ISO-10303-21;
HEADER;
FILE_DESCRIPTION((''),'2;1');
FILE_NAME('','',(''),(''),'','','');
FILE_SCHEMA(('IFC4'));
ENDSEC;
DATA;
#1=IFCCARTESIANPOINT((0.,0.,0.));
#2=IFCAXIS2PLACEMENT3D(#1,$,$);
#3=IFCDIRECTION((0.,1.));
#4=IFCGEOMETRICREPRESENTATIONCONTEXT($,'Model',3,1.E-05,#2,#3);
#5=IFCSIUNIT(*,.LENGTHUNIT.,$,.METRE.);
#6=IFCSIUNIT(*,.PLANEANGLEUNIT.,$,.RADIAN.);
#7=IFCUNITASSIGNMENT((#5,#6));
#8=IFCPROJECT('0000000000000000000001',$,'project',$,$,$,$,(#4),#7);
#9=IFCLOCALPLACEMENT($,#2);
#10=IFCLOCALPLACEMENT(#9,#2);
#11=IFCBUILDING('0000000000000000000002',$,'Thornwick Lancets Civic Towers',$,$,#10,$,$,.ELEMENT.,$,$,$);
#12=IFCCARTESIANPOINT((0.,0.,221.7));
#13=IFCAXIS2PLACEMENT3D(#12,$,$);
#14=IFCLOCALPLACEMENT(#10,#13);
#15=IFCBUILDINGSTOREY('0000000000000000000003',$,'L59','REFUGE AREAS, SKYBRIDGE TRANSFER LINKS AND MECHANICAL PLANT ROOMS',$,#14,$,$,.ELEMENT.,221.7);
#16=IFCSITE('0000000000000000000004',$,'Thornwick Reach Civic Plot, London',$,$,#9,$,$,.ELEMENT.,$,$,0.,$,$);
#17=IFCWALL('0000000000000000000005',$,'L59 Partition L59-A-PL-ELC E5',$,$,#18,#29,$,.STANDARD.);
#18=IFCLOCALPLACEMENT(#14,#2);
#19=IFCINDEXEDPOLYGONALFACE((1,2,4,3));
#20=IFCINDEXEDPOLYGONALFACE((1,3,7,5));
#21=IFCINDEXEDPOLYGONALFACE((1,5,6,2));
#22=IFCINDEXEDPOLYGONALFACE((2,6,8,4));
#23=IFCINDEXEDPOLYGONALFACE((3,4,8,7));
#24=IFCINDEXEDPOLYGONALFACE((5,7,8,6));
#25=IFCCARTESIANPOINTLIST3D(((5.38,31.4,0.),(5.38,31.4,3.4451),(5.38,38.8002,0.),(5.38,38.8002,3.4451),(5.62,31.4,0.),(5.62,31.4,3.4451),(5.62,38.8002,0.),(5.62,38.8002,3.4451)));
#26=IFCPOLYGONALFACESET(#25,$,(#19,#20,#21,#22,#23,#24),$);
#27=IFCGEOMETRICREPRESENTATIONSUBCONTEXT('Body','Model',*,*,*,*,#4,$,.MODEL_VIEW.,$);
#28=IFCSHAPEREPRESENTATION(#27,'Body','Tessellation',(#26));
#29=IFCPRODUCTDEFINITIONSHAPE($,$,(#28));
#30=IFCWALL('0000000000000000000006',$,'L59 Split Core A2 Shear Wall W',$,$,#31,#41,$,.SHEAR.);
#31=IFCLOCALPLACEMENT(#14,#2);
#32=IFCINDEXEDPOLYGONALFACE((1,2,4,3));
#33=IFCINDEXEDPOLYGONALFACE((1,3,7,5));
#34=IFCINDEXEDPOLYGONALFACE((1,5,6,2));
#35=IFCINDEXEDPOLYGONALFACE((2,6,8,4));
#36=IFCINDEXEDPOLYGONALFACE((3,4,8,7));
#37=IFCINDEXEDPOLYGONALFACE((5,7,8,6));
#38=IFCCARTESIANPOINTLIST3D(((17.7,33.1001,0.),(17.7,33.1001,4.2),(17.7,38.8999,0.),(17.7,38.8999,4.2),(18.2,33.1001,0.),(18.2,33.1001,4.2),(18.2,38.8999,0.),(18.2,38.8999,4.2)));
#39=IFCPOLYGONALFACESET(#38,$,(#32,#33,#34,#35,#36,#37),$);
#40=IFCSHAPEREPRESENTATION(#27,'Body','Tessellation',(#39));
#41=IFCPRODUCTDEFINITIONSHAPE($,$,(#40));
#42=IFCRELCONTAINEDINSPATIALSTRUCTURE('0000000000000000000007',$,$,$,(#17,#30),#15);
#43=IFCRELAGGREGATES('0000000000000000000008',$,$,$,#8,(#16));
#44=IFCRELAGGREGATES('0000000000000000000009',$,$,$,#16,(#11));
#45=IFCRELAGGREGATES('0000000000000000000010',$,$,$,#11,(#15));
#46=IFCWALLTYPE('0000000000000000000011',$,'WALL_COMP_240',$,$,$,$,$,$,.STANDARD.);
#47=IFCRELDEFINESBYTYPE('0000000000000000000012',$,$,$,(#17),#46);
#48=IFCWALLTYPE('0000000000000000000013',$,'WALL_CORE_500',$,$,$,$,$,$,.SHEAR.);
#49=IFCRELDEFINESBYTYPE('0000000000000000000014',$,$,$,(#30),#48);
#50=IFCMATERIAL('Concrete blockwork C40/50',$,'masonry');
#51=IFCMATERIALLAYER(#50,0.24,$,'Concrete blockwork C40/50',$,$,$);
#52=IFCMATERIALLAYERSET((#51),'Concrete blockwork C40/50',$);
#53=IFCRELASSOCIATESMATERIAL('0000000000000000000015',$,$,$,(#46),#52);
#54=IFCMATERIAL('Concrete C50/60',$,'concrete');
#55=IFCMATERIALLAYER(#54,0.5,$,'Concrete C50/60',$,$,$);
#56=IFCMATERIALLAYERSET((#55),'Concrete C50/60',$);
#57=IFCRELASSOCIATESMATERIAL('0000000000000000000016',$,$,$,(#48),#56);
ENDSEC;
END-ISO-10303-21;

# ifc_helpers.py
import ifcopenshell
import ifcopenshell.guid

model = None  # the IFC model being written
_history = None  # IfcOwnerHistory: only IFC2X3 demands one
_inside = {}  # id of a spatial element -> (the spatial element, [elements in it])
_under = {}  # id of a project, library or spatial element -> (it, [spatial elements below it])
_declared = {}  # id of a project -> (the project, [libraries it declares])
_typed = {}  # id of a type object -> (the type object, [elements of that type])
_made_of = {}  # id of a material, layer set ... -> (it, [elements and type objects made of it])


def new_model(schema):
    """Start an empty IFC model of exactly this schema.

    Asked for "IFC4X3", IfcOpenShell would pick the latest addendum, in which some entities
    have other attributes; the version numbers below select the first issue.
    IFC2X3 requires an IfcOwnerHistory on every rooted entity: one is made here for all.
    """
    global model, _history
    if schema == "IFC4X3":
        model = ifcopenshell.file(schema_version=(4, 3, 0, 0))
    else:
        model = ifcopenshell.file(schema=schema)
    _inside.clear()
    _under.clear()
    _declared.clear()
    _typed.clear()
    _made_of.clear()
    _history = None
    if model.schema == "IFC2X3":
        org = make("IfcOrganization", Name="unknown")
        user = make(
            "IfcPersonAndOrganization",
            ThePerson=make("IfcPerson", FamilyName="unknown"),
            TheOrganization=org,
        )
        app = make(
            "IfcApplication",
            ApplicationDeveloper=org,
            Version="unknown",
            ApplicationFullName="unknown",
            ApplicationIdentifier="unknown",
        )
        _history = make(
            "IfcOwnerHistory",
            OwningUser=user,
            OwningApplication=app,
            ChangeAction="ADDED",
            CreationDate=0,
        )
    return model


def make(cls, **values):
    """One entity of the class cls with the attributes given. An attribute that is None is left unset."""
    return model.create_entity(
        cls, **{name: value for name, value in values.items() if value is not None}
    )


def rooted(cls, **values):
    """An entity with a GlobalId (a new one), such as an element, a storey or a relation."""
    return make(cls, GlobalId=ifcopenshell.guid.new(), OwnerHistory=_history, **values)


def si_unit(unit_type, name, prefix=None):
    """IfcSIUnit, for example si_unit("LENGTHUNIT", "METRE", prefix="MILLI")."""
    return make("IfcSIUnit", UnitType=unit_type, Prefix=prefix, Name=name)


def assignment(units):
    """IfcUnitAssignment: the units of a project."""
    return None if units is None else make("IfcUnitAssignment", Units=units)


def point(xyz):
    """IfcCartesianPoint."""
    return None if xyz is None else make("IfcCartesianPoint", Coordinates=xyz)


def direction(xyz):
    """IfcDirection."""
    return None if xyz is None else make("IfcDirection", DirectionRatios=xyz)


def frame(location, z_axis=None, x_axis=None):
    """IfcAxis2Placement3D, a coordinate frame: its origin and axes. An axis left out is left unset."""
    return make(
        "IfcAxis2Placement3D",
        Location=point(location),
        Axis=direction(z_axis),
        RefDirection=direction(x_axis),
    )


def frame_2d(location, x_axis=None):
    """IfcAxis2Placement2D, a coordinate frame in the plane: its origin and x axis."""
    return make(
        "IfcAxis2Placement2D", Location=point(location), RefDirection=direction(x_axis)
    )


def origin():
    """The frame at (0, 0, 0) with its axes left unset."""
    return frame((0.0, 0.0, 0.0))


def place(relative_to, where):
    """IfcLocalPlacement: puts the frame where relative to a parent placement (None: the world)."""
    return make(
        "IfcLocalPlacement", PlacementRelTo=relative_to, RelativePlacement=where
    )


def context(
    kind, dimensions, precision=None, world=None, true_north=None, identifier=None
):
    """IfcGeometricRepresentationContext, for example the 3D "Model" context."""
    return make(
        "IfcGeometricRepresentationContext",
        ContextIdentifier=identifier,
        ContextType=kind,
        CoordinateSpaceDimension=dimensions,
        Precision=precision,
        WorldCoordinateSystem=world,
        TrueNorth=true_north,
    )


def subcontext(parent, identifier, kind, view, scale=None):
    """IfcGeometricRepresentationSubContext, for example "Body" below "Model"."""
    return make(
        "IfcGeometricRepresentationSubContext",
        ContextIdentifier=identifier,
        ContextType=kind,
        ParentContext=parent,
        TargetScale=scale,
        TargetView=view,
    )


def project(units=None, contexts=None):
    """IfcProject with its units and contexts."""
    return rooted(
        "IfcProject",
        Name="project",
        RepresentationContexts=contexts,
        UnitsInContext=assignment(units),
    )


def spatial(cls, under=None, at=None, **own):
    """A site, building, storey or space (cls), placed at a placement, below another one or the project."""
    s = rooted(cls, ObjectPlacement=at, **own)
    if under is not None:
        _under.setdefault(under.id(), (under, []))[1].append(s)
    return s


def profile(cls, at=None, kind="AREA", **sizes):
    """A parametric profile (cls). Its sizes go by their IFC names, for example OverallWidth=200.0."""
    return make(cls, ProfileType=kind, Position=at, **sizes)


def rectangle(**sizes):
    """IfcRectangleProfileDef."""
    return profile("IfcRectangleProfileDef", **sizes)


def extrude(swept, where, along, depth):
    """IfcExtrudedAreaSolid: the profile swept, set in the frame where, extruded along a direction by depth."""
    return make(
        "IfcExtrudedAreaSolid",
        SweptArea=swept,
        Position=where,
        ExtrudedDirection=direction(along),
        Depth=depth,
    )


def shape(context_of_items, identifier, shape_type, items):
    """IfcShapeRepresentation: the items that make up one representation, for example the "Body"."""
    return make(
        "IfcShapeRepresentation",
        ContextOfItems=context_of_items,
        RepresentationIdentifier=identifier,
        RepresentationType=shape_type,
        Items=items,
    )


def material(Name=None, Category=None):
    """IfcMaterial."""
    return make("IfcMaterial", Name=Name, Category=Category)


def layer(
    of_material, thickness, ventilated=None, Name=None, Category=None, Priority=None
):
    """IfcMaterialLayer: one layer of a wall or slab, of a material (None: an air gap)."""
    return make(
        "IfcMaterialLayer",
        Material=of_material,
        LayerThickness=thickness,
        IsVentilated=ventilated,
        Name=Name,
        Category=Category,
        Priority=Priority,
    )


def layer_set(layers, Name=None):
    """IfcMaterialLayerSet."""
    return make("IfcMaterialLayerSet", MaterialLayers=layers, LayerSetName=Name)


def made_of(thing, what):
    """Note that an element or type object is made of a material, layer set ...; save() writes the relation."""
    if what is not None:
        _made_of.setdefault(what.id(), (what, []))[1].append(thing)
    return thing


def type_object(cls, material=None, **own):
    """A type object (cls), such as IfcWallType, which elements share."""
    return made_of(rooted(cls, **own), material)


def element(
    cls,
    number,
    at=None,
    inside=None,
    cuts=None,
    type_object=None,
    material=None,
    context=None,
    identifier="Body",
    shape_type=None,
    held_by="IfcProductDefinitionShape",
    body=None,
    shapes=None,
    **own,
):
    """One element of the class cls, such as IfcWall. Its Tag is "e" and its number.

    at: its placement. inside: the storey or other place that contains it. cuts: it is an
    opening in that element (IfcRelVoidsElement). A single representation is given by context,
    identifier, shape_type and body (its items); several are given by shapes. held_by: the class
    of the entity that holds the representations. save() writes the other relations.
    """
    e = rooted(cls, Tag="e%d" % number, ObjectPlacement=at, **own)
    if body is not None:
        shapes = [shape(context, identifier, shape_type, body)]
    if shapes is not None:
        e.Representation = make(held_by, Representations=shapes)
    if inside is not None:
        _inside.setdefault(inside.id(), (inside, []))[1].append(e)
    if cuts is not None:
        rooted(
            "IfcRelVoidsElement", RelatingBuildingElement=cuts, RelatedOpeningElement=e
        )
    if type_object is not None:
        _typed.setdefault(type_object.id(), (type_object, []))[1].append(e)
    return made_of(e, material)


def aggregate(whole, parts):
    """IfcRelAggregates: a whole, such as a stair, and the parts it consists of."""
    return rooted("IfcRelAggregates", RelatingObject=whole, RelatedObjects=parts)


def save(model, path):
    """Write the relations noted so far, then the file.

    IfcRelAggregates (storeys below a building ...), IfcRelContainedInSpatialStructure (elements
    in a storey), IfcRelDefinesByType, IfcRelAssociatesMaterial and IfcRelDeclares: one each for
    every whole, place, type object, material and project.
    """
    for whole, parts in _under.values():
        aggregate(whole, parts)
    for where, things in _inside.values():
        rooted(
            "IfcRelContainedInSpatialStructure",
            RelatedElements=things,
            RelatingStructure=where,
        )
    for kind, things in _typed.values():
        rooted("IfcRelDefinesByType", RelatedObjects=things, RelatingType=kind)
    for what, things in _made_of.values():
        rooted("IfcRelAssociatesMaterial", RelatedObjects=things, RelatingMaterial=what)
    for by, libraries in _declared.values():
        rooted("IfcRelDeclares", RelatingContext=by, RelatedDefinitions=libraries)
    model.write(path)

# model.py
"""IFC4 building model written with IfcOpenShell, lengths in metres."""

from ifc_helpers import new_model, si_unit, direction, frame, frame_2d, origin, place, context, subcontext, project, spatial, rectangle, extrude, material, layer, layer_set, type_object, element, save


model = new_model("IFC4")

# Units and contexts
model_context = context("Model", 3, precision=1e-05, world=origin(), true_north=direction((0.0, 1.0)))
body_context = subcontext(model_context, "Body", "Model", "MODEL_VIEW")
ifc_project = project(units=[si_unit("LENGTHUNIT", "METRE"), si_unit("PLANEANGLEUNIT", "RADIAN")], contexts=[model_context])

# Site, building, storey
site_placement = place(None, origin())
site = spatial("IfcSite", under=ifc_project, at=site_placement, Name="Thornwick Reach Civic Plot, London", CompositionType="ELEMENT", RefElevation=0.0)
building_placement = place(site_placement, origin())
building = spatial("IfcBuilding", under=site, at=building_placement, Name="Thornwick Lancets Civic Towers", CompositionType="ELEMENT")
storey_placement = place(building_placement, frame((0.0, 0.0, 221.7)))
storey = spatial("IfcBuildingStorey", under=building, at=storey_placement, Name="L59", Description="REFUGE AREAS, SKYBRIDGE TRANSFER LINKS AND MECHANICAL PLANT ROOMS", CompositionType="ELEMENT", Elevation=221.7)

# Shared definitions
ifc_material_1 = material(Name="Concrete C50/60", Category="concrete")

# Shared definitions
ifc_material_2 = material(Name="Concrete blockwork C40/50", Category="masonry")
ifc_layer_1 = layer(ifc_material_2, 0.24, Name="Concrete blockwork C40/50")
ifc_layer_set_1 = layer_set([ifc_layer_1], Name="Concrete blockwork C40/50")
wall_type_1 = type_object("IfcWallType", Name="WALL_COMP_240", PredefinedType="STANDARD", material=ifc_layer_set_1)

# Walls
wall_1_placement = place(storey_placement, frame((5.5, 31.3999, 0.0), z_axis=(0.0, 0.0, 1.0), x_axis=(0.0, 1.0, 0.0)))
element("IfcWall", 1, at=wall_1_placement, inside=storey, type_object=wall_type_1, Name="L59 Partition L59-A-PL-ELC E5", PredefinedType="STANDARD", context=body_context, shape_type="SweptSolid", body=[
    extrude(rectangle(XDim=7.4001, YDim=0.24, at=frame_2d((3.7002, 0.0))), origin(), (0.0, 0.0, 1.0), 3.4451),
])
ifc_layer_2 = layer(ifc_material_1, 0.5, Name="Concrete C50/60")
ifc_layer_set_2 = layer_set([ifc_layer_2], Name="Concrete C50/60")
wall_type_2 = type_object("IfcWallType", Name="WALL_CORE_500", PredefinedType="SHEAR", material=ifc_layer_set_2)
wall_2_placement = place(storey_placement, frame((17.95, 33.1001, 0.0), z_axis=(0.0, 0.0, 1.0), x_axis=(0.0, 1.0, 0.0)))
element("IfcWall", 2, at=wall_2_placement, inside=storey, type_object=wall_type_2, Name="L59 Split Core A2 Shear Wall W", PredefinedType="SHEAR", context=body_context, shape_type="SweptSolid", body=[
    extrude(rectangle(XDim=5.7998, YDim=0.5, at=frame_2d((2.8999, 0.0))), origin(), (0.0, 0.0, 1.0), 4.2),
])

save(model, "model.ifc")
